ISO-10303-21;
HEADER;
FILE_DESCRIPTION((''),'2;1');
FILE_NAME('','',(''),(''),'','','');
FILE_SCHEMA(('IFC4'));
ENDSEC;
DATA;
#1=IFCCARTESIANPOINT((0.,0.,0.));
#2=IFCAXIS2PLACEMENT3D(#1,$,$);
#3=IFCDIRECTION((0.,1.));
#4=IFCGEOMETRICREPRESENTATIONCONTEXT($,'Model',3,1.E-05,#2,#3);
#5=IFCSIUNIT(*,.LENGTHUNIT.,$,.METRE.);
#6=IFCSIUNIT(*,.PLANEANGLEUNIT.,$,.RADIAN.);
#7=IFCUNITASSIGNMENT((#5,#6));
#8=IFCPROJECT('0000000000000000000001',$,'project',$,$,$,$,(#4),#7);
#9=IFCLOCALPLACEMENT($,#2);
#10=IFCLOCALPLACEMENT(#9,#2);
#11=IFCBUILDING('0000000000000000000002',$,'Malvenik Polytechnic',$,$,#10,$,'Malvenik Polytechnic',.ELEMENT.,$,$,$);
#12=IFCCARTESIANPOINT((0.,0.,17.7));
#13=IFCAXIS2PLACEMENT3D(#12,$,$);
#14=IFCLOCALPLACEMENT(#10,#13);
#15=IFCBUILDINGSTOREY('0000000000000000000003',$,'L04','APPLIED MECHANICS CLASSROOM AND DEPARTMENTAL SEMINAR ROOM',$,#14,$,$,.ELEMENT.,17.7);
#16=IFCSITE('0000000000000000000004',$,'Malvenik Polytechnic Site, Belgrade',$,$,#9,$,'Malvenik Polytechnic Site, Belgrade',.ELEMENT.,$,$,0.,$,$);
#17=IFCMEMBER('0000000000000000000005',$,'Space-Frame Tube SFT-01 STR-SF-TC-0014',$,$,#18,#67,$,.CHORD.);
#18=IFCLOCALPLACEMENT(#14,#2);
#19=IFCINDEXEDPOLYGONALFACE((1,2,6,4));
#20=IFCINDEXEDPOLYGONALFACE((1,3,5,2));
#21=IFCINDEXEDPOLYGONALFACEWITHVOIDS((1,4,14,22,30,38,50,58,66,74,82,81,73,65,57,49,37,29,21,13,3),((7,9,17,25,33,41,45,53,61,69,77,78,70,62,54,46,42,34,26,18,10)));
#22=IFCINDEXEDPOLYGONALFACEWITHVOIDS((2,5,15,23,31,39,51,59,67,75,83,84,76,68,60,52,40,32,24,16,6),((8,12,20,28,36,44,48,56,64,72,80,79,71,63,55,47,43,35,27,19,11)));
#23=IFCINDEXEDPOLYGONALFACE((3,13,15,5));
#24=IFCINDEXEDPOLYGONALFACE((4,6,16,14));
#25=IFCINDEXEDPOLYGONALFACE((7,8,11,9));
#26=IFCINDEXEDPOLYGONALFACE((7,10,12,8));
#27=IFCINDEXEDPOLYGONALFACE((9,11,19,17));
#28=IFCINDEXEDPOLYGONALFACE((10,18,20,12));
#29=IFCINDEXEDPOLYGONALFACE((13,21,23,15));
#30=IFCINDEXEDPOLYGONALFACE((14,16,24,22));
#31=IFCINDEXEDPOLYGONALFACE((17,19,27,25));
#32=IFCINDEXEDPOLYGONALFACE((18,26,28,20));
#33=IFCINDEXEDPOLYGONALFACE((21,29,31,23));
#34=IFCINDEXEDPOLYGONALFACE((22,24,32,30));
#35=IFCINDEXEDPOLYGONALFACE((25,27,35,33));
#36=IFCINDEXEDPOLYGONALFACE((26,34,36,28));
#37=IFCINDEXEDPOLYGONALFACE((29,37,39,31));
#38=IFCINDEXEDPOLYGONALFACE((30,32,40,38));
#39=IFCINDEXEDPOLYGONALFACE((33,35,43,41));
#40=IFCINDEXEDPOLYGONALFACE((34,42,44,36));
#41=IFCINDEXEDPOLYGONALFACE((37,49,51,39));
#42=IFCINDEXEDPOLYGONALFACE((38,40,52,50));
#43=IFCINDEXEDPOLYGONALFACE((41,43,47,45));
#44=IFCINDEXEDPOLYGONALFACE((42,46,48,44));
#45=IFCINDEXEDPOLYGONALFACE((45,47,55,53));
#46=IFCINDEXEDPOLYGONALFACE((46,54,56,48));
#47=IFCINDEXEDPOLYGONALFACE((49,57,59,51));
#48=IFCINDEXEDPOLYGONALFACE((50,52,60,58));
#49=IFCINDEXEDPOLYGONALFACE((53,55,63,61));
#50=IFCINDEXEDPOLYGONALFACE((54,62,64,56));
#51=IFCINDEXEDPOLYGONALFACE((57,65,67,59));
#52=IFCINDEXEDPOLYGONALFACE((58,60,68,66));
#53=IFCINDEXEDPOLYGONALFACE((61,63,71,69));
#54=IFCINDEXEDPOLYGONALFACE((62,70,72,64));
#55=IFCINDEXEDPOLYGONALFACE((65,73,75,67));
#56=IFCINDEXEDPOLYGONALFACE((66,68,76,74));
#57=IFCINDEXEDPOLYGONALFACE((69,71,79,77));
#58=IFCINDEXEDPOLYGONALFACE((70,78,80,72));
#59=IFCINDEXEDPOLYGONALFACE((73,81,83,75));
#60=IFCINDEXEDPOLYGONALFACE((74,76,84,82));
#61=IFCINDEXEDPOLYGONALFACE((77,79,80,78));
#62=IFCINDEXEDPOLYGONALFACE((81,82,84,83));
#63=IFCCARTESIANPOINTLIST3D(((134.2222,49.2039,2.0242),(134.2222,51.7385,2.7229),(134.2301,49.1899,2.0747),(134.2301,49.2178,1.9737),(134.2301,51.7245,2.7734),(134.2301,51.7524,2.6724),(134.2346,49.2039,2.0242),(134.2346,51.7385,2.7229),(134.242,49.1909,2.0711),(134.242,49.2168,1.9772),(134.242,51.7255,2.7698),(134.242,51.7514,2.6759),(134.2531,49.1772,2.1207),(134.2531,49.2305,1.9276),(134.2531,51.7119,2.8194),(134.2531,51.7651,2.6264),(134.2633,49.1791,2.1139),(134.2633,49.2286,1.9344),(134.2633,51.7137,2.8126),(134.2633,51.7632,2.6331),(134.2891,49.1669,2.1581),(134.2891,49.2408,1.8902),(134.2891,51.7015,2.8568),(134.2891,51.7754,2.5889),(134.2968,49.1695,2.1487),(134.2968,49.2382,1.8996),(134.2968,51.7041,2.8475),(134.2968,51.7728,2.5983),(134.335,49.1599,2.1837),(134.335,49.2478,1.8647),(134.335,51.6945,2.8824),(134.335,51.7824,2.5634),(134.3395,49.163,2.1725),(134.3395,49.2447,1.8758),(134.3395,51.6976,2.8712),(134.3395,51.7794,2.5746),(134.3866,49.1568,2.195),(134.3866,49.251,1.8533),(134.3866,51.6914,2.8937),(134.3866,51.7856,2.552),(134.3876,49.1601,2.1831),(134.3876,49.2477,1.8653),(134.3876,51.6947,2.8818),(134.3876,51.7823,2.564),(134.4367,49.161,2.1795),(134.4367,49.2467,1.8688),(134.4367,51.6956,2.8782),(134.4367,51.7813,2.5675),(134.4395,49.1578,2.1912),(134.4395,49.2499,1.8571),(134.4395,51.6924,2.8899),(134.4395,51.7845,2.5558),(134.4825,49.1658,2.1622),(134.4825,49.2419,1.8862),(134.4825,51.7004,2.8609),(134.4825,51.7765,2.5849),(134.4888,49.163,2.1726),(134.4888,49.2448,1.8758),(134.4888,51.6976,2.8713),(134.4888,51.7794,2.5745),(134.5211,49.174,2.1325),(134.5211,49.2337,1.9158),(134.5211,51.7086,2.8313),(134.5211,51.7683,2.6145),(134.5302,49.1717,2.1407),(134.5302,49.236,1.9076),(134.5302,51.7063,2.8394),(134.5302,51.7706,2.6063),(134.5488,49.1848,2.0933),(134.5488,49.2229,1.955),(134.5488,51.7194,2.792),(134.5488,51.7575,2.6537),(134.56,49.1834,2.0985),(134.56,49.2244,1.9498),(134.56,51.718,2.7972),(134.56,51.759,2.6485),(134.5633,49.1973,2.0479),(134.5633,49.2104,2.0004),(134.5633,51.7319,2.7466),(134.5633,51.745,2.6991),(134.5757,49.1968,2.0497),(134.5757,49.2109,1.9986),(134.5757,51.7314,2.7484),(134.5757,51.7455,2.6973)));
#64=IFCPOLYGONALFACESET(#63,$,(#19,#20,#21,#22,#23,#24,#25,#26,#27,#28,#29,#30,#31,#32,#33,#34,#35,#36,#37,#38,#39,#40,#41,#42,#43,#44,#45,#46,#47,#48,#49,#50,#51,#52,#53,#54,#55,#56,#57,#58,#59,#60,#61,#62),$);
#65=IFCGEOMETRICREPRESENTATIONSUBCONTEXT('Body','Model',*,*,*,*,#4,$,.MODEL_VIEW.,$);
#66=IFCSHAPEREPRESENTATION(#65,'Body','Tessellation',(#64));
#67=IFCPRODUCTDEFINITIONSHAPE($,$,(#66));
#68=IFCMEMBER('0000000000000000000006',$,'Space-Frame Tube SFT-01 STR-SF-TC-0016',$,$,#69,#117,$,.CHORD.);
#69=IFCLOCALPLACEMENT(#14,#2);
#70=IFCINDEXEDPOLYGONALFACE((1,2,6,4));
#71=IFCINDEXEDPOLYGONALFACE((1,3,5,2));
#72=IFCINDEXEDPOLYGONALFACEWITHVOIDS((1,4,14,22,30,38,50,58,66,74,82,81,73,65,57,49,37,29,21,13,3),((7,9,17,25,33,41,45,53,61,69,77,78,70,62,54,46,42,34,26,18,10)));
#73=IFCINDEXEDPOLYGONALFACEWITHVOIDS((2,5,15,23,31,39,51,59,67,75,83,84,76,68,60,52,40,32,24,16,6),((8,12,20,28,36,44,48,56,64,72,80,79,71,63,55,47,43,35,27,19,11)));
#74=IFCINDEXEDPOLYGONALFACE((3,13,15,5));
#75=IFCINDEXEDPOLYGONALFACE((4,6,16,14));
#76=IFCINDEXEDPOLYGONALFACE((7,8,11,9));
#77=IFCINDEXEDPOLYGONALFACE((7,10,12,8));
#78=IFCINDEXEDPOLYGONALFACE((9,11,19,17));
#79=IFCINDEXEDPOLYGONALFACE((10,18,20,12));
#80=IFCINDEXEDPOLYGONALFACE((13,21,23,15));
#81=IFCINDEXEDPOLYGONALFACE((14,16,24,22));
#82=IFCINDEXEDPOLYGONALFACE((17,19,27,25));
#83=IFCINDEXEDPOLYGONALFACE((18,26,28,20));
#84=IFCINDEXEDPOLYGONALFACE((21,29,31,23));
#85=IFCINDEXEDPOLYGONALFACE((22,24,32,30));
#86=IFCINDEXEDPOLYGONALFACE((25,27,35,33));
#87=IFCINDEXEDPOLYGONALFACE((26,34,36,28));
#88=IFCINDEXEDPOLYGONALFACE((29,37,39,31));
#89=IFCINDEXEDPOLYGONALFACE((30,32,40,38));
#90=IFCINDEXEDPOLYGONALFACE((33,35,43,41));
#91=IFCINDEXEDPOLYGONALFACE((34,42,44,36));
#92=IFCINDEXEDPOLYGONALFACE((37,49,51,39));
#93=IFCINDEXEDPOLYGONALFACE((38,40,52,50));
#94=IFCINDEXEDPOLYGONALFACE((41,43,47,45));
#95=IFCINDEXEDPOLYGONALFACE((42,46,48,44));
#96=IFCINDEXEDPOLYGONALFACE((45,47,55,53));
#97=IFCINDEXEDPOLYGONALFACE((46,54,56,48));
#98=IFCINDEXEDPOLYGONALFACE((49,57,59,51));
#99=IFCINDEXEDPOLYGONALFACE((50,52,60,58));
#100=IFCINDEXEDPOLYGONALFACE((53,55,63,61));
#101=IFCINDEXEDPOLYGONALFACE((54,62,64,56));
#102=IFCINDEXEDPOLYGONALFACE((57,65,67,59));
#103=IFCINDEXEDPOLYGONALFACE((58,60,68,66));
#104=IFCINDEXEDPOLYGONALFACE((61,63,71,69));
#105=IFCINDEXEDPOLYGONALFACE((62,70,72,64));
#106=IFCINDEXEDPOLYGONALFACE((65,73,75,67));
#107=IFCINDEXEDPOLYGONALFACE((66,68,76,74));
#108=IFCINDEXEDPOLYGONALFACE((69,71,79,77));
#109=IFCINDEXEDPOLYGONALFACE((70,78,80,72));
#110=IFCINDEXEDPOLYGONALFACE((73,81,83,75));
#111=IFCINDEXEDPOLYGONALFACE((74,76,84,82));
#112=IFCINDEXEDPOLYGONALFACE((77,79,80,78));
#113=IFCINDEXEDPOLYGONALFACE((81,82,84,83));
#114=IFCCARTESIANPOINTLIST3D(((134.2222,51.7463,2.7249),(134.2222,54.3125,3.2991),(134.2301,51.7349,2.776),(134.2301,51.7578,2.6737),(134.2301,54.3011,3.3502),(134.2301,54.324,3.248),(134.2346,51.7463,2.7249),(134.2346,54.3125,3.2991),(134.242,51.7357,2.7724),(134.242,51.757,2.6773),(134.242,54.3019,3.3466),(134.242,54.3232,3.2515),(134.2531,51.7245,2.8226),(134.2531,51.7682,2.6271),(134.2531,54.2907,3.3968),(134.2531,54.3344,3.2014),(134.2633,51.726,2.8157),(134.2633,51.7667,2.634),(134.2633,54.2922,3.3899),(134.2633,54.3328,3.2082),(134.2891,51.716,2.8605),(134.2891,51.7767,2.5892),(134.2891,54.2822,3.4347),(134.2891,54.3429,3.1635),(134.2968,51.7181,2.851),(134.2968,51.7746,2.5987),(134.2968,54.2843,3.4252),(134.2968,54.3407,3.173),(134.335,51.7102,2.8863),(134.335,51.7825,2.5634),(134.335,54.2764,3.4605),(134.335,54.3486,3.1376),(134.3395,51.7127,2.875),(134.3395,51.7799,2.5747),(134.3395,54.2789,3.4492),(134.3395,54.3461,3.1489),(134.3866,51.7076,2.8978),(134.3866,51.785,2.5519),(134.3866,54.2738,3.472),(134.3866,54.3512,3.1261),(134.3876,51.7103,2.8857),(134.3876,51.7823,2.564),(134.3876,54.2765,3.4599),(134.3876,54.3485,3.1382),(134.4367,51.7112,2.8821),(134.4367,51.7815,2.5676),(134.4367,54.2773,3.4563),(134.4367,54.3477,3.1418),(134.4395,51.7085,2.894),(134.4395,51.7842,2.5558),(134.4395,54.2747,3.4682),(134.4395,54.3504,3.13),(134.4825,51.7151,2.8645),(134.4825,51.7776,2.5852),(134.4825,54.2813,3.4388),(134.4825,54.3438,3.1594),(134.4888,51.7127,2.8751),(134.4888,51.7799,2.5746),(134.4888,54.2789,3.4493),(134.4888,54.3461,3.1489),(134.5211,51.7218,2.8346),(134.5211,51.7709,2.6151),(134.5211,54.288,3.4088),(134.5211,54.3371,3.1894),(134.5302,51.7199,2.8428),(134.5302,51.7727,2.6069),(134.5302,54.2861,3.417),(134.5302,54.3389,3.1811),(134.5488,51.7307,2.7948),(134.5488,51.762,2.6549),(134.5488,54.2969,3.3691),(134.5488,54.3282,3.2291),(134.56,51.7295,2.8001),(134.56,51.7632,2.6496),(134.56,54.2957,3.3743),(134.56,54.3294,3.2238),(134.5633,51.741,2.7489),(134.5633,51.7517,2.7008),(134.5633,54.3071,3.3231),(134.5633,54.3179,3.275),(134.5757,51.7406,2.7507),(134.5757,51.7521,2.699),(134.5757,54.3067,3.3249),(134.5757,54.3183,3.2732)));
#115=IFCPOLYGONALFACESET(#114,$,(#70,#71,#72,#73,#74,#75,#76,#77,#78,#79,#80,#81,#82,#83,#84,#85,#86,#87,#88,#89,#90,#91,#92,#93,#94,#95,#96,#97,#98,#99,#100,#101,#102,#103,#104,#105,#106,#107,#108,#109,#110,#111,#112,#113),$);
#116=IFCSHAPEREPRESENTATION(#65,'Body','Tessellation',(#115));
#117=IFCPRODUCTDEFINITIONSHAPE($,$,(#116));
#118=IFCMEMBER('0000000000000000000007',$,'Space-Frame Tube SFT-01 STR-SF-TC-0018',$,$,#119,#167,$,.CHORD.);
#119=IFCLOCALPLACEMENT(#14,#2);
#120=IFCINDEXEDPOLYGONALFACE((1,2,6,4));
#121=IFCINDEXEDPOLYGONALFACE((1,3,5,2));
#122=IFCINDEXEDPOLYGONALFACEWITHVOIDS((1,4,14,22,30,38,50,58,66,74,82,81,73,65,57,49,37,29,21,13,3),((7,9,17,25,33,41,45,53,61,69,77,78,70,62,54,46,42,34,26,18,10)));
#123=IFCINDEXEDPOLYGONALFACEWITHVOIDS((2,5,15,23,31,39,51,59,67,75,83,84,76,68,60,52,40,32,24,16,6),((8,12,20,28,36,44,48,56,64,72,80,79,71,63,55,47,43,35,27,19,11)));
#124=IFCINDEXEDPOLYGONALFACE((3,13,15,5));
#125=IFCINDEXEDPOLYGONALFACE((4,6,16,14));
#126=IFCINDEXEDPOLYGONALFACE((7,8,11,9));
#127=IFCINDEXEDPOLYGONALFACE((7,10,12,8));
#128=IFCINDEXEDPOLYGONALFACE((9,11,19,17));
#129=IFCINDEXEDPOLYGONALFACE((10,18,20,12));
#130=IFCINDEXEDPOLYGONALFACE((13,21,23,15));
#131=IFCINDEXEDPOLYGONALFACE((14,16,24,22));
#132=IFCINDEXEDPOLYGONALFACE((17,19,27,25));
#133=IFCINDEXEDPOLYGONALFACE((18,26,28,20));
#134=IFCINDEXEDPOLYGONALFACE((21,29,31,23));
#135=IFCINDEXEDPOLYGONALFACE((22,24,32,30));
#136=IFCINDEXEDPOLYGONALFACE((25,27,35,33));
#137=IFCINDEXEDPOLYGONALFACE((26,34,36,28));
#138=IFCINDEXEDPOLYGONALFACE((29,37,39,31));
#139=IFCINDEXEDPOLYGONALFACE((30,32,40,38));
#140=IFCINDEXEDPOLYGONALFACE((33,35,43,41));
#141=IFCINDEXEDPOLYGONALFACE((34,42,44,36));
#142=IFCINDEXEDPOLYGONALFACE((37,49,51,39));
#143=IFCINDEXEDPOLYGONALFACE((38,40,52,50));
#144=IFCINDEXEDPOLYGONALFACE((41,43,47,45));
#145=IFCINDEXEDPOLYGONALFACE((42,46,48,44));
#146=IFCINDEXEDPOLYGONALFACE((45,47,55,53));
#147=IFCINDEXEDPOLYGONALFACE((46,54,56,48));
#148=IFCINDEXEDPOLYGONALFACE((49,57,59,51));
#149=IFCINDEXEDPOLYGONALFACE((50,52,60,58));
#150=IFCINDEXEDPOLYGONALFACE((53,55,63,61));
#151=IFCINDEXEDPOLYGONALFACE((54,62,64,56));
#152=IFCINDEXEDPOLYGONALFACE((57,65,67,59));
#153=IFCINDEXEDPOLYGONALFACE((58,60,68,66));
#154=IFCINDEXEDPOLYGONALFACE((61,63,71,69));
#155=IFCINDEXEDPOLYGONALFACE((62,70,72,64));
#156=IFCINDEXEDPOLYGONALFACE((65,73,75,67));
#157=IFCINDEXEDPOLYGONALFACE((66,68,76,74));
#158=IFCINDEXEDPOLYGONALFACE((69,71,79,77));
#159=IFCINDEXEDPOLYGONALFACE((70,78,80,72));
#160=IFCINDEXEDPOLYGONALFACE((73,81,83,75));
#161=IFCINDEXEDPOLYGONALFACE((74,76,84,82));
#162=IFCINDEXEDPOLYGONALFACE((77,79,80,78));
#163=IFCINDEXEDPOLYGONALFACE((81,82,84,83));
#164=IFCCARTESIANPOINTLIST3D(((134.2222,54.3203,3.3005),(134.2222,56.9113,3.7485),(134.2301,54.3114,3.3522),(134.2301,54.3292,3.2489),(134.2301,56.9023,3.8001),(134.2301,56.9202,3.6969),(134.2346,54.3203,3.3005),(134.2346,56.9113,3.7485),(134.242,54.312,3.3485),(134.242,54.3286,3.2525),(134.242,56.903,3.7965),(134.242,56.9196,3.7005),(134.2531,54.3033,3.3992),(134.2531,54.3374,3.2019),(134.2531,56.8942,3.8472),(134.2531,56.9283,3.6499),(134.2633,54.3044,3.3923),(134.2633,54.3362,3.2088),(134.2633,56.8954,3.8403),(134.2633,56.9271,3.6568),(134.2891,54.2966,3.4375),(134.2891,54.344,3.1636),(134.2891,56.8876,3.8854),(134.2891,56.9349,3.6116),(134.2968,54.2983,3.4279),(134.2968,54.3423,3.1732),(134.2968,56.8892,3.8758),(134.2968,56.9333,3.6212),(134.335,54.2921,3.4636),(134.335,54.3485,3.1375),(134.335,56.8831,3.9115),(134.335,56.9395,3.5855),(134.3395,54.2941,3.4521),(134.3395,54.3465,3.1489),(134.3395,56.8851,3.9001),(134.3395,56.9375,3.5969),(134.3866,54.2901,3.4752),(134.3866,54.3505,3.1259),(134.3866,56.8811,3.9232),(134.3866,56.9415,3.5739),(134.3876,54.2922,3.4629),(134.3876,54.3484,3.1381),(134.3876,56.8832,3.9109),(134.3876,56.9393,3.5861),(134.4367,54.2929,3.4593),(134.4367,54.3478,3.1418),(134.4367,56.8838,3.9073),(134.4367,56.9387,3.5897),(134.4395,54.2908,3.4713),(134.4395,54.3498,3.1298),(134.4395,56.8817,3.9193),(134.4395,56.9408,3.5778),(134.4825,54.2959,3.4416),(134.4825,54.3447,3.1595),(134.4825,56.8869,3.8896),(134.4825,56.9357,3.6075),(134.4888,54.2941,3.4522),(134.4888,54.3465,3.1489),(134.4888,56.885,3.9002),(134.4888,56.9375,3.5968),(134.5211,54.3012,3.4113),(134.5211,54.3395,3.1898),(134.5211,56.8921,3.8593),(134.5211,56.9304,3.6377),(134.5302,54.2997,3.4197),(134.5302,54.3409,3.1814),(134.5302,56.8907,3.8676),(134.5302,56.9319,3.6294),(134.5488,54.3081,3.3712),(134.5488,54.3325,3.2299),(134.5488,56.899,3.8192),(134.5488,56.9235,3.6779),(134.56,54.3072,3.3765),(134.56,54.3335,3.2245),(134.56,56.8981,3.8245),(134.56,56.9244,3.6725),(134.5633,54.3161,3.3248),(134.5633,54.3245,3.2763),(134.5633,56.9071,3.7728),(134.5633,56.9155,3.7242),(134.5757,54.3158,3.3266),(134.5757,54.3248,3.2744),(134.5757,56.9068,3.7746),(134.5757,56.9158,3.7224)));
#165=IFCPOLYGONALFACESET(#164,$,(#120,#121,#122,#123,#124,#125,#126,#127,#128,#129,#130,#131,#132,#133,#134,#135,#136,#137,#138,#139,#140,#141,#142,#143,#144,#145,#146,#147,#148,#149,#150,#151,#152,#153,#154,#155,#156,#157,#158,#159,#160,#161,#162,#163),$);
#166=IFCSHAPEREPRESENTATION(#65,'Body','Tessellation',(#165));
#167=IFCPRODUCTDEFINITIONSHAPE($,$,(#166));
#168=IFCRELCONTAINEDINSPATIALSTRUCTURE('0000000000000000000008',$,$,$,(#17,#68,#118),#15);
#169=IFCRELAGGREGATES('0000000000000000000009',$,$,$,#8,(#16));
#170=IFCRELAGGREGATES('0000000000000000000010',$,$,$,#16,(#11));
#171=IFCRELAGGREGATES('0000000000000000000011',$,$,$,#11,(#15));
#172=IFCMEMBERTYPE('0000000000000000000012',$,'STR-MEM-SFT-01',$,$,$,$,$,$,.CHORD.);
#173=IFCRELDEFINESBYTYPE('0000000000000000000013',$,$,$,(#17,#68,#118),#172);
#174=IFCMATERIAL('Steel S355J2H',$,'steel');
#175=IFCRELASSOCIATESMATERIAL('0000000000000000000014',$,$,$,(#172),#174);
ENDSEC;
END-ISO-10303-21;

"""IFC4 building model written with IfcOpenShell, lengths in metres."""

from ifc_helpers import new_model, si_unit, direction, frame, origin, origin_2d, place, context, subcontext, project, spatial, hollow_circle, extrude, material, material_profile, profile_set, type_object, element, save


model = new_model("IFC4")

# Units and contexts
model_context = context("Model", 3, precision=1e-05, world=origin(), true_north=direction((0.0, 1.0)))
body_context = subcontext(model_context, "Body", "Model", "MODEL_VIEW")
ifc_project = project(units=[si_unit("LENGTHUNIT", "METRE"), si_unit("PLANEANGLEUNIT", "RADIAN")], contexts=[model_context])

# Site, building, storey
site_placement = place(None, origin())
site = spatial("IfcSite", under=ifc_project, at=site_placement, Name="Malvenik Polytechnic Site, Belgrade", LongName="Malvenik Polytechnic Site, Belgrade", CompositionType="ELEMENT", RefElevation=0.0)
building_placement = place(site_placement, origin())
building = spatial("IfcBuilding", under=site, at=building_placement, Name="Malvenik Polytechnic", LongName="Malvenik Polytechnic", CompositionType="ELEMENT")
storey_placement = place(building_placement, frame((0.0, 0.0, 17.7)))
storey = spatial("IfcBuildingStorey", under=building, at=storey_placement, Name="L04", Description="APPLIED MECHANICS CLASSROOM AND DEPARTMENTAL SEMINAR ROOM", CompositionType="ELEMENT", Elevation=17.7)

# Members
ifc_material = material(Name="Steel S355J2H", Category="steel")
ifc_material_profile_1 = material_profile(ifc_material, hollow_circle(Radius=0.1777, WallThickness=0.0125, at=origin_2d()), Name="CHS 355.6x12.5")
ifc_profile_set_1 = profile_set([ifc_material_profile_1], Name="Steel S355J2H")
member_type_1 = type_object("IfcMemberType", Name="STR-MEM-SFT-01", PredefinedType="CHORD", material=ifc_profile_set_1)
member_1_placement = place(storey_placement, frame((134.3999, 49.2039, 2.0242), z_axis=(0.0, 0.96404, 0.265756), x_axis=(-1.0, 0.0, 0.0)))
element("IfcMember", 1, at=member_1_placement, inside=storey, type_object=member_type_1, Name="Space-Frame Tube SFT-01 STR-SF-TC-0014", PredefinedType="CHORD", context=body_context, shape_type="SweptSolid", body=[
    extrude(hollow_circle(Radius=0.1777, WallThickness=0.0125, at=origin_2d()), origin(), (0.0, 0.0, 1.0), 2.6292),
])
member_2_placement = place(storey_placement, frame((134.3999, 51.7463, 2.7249), z_axis=(0.0, 0.975867, 0.218365), x_axis=(-1.0, 0.0, 0.0)))
element("IfcMember", 2, at=member_2_placement, inside=storey, type_object=member_type_1, Name="Space-Frame Tube SFT-01 STR-SF-TC-0016", PredefinedType="CHORD", context=body_context, shape_type="SweptSolid", body=[
    extrude(hollow_circle(Radius=0.1777, WallThickness=0.0125, at=origin_2d()), origin(), (0.0, 0.0, 1.0), 2.6296),
])
member_3_placement = place(storey_placement, frame((134.3999, 54.3203, 3.3005), z_axis=(0.0, 0.98538, 0.170373), x_axis=(-1.0, 0.0, 0.0)))
element("IfcMember", 3, at=member_3_placement, inside=storey, type_object=member_type_1, Name="Space-Frame Tube SFT-01 STR-SF-TC-0018", PredefinedType="CHORD", context=body_context, shape_type="SweptSolid", body=[
    extrude(hollow_circle(Radius=0.1777, WallThickness=0.0125, at=origin_2d()), origin(), (0.0, 0.0, 1.0), 2.6294),
])

save(model, "model.ifc")
